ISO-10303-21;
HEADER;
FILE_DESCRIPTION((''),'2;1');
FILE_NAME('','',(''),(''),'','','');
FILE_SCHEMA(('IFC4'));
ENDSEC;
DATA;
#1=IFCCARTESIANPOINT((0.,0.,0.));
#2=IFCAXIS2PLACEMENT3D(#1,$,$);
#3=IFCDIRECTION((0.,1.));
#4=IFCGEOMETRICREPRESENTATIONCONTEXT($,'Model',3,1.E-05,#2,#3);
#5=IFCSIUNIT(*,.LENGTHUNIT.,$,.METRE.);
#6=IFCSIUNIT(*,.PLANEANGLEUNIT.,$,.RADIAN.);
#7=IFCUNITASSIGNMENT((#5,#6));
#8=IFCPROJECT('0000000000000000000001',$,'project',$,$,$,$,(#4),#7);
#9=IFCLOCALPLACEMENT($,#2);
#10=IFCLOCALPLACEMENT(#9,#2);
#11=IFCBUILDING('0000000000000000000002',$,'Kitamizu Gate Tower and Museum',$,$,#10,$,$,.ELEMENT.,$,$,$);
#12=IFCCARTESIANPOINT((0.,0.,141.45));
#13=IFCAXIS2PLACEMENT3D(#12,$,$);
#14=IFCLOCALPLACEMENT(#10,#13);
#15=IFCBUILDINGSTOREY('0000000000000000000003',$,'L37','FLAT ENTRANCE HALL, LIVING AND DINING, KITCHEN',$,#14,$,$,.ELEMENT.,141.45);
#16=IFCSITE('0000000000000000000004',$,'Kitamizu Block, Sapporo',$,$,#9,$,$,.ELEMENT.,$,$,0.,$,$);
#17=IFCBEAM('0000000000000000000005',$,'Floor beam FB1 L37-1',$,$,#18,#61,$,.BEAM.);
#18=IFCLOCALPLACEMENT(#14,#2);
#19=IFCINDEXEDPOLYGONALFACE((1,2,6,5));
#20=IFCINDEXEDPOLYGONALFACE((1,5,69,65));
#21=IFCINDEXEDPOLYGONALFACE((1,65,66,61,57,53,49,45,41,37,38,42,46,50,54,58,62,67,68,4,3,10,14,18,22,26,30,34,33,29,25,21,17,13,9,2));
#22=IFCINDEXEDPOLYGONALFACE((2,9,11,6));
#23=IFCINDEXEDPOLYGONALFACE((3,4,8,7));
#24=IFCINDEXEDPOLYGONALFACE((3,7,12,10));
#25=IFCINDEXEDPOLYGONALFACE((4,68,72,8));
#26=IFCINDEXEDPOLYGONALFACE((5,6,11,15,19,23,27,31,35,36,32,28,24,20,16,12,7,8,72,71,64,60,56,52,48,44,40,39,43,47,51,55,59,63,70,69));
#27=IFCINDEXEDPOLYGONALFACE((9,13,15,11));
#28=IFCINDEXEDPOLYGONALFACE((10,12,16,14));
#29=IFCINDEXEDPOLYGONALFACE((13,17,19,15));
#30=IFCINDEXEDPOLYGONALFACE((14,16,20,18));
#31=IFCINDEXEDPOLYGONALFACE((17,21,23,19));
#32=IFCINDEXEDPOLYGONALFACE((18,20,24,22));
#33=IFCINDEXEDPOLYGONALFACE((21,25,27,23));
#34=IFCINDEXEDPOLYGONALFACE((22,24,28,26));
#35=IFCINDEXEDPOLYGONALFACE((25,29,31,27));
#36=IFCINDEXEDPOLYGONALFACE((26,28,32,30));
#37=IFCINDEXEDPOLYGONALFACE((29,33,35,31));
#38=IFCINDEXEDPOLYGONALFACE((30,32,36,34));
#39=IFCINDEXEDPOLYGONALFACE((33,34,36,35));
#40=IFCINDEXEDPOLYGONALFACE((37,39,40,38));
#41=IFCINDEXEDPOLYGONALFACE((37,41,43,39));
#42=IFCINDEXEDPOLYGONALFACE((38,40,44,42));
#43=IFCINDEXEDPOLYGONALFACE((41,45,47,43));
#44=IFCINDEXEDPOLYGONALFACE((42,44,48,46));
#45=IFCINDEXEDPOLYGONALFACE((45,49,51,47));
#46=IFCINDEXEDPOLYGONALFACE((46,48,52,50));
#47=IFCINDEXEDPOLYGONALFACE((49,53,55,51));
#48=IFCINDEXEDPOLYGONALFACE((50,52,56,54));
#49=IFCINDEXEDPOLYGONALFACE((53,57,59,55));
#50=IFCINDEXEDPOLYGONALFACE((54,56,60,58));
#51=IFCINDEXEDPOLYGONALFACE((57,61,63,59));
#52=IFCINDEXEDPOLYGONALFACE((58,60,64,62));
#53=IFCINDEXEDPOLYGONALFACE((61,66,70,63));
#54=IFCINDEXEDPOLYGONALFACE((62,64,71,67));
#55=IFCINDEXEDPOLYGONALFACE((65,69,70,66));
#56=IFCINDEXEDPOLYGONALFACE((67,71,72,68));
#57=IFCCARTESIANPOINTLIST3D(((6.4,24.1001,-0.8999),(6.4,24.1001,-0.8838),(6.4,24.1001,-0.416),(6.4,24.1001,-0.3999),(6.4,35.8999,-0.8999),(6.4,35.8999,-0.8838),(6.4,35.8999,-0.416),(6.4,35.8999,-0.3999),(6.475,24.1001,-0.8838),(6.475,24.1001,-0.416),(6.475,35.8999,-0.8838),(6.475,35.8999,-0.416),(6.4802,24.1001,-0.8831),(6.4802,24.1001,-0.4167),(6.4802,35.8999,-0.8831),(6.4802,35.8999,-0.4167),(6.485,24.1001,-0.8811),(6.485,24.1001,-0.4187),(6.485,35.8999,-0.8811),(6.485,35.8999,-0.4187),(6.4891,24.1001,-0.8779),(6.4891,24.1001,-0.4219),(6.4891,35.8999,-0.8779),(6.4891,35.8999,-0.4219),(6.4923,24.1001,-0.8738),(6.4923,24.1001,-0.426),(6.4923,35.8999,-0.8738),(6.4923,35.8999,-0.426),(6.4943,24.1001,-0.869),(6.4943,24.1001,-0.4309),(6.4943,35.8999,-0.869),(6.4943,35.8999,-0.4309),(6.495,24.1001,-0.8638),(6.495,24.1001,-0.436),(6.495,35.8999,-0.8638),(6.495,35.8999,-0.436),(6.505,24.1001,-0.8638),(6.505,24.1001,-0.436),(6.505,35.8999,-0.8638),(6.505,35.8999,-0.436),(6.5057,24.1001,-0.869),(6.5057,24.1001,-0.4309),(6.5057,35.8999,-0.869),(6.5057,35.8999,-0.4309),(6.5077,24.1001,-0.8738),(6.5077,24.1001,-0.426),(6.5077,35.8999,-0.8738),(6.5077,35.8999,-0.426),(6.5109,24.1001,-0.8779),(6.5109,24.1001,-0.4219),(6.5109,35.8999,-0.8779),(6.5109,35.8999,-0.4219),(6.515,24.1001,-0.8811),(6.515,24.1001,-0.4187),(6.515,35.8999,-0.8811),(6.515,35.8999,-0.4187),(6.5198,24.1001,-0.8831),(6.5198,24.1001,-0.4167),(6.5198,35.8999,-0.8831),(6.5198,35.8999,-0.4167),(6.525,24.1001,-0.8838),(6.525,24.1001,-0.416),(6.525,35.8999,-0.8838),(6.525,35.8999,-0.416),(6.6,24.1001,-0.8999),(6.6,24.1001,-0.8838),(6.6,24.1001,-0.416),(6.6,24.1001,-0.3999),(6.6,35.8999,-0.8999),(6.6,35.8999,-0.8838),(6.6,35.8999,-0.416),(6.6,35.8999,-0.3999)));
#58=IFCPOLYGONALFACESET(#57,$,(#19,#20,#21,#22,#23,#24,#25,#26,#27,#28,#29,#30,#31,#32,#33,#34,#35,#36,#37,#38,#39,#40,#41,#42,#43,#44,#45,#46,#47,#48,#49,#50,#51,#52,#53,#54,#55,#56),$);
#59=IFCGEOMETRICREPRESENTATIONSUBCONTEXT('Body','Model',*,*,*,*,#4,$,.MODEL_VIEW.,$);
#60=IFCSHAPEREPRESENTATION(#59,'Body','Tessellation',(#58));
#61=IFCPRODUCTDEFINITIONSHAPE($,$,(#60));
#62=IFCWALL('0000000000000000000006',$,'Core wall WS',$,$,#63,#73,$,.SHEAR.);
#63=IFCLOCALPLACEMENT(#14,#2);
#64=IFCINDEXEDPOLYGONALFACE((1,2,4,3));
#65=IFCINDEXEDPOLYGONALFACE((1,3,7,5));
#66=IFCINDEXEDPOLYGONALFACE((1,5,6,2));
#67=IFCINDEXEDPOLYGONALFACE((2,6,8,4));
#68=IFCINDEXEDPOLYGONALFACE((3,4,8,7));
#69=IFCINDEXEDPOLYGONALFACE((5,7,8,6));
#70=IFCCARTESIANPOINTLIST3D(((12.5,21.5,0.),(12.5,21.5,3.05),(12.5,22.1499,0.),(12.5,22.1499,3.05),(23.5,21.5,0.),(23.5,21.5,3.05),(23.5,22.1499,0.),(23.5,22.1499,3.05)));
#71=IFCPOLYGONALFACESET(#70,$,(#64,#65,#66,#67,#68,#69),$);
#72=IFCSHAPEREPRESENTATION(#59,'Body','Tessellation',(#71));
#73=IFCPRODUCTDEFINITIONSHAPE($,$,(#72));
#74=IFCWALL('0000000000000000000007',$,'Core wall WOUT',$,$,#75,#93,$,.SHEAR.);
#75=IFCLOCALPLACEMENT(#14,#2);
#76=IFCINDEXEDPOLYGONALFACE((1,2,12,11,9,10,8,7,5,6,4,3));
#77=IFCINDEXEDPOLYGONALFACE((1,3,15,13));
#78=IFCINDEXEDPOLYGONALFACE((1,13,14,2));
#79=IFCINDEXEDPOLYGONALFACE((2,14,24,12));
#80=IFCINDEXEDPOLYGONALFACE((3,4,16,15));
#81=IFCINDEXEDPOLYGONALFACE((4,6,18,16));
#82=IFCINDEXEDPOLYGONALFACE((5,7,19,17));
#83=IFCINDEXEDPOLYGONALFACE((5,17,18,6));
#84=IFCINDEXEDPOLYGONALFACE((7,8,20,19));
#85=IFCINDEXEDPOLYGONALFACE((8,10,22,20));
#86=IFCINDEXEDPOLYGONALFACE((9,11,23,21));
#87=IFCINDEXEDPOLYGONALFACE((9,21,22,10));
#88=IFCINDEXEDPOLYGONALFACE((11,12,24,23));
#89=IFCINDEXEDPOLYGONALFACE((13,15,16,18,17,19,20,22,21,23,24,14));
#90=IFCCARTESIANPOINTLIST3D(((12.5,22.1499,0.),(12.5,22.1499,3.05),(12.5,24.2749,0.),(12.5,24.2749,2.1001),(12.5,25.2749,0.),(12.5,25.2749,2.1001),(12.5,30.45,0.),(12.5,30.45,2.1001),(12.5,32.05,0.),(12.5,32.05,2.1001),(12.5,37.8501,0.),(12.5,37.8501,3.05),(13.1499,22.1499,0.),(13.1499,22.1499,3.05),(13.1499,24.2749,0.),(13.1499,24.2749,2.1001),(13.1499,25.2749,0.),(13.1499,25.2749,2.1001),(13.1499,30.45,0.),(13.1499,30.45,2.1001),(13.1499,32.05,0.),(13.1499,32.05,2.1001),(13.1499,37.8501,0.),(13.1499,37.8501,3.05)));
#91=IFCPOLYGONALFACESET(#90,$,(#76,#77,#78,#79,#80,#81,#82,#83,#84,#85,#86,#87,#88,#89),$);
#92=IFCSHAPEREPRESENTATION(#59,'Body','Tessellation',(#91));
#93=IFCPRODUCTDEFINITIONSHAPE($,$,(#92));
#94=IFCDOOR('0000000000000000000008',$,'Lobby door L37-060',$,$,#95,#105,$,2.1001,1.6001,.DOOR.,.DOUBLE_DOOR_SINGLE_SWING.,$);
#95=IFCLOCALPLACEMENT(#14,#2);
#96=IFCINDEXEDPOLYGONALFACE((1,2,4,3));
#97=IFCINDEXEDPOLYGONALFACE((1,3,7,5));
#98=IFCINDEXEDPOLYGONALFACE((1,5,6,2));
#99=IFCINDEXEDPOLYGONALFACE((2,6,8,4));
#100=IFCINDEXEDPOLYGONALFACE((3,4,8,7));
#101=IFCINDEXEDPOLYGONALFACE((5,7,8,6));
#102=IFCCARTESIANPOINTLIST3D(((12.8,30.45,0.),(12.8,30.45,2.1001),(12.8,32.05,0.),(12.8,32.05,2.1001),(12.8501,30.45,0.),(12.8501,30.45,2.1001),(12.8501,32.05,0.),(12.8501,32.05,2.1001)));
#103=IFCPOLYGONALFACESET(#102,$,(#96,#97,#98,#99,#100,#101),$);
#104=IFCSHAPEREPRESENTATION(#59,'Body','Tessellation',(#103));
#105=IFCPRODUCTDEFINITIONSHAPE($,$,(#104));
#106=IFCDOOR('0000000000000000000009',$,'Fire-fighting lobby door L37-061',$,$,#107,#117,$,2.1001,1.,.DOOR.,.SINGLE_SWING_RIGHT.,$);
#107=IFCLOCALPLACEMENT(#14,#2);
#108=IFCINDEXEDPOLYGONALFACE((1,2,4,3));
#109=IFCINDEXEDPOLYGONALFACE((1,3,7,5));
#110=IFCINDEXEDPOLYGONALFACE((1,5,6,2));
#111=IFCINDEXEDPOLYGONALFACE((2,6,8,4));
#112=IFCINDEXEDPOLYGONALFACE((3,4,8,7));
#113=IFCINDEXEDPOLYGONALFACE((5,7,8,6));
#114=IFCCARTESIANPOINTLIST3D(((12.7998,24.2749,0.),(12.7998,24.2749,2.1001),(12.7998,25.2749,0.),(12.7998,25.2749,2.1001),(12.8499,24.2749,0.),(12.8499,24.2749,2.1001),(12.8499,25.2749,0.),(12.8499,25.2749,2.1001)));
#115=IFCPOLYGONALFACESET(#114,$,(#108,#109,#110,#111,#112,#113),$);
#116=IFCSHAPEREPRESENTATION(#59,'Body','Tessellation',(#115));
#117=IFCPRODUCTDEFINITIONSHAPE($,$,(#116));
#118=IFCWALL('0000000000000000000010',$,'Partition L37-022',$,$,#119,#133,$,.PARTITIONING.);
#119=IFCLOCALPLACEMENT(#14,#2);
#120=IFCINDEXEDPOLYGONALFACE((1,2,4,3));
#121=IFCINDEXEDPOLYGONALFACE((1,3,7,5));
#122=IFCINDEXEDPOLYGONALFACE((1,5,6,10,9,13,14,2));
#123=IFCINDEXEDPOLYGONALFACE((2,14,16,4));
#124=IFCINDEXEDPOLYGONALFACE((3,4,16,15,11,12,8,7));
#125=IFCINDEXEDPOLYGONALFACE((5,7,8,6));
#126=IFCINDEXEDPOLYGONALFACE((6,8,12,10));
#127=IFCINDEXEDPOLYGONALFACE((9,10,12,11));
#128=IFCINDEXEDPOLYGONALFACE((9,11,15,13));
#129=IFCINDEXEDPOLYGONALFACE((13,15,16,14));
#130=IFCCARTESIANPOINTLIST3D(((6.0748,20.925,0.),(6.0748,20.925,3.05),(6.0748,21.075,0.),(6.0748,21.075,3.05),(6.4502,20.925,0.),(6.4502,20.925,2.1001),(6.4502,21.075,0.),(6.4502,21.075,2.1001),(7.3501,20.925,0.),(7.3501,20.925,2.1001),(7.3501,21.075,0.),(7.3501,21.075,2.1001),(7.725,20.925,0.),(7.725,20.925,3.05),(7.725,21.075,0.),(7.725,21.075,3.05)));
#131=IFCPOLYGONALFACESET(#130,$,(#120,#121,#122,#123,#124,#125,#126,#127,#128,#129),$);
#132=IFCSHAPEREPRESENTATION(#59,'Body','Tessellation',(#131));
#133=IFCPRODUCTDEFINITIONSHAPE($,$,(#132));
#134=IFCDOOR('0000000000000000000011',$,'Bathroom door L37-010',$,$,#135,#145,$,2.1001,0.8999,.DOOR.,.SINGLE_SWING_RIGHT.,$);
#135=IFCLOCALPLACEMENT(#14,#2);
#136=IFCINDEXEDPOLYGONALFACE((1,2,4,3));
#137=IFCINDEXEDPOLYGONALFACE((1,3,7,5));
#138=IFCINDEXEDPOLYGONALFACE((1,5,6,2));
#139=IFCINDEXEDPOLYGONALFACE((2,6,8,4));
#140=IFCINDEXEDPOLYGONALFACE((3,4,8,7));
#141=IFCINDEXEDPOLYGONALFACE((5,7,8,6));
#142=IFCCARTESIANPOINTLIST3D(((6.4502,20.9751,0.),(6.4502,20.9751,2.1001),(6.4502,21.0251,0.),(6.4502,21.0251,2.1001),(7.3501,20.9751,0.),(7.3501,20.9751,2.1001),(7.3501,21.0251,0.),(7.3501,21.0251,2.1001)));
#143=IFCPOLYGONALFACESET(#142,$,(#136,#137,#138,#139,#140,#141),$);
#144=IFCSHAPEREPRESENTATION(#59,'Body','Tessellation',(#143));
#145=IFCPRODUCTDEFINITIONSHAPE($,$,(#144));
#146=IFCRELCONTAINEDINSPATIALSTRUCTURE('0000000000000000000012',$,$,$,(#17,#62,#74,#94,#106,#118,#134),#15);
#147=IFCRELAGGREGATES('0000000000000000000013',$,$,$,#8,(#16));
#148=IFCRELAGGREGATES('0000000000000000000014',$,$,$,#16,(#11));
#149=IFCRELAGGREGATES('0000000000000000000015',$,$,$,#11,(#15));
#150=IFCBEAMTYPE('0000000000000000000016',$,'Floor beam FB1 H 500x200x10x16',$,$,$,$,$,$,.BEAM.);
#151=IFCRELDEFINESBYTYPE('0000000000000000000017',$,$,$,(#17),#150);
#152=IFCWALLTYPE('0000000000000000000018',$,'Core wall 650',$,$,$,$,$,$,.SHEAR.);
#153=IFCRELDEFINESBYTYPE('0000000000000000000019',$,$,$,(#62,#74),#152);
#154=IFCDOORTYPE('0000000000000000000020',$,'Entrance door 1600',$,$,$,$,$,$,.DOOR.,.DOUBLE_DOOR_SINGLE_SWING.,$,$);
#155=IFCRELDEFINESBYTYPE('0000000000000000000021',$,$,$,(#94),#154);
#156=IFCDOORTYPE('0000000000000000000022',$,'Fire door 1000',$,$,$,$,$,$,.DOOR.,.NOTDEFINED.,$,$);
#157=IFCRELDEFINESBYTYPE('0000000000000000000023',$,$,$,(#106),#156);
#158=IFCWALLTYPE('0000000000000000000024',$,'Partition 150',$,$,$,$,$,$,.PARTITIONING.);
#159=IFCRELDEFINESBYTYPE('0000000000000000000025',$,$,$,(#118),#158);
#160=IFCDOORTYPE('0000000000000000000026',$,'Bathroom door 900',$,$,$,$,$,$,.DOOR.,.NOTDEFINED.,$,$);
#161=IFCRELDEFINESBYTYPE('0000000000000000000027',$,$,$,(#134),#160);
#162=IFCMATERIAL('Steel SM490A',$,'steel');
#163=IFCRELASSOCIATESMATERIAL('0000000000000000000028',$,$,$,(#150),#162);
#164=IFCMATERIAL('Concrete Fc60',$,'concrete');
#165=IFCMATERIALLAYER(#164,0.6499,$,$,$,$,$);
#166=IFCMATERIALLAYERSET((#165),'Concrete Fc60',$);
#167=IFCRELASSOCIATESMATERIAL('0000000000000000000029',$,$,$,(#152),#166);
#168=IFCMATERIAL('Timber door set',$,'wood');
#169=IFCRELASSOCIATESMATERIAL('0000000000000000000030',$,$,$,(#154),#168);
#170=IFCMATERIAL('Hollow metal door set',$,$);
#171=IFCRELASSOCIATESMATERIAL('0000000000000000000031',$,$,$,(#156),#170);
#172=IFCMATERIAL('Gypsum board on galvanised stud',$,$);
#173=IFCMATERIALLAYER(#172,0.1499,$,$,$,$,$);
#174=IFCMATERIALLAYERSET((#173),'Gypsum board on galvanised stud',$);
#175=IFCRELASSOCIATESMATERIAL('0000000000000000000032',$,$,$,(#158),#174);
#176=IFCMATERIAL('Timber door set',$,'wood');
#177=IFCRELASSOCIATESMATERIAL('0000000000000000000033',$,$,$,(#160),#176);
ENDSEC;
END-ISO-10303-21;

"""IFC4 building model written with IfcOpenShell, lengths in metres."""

from ifc_helpers import new_model, si_unit, direction, frame, frame_2d, origin, origin_2d, place, context, subcontext, project, spatial, rectangle, i_section, extrude, material, layer, layer_set, material_profile, profile_set, type_object, element, fill, save


model = new_model("IFC4")

# Units and contexts
model_context = context("Model", 3, precision=1e-05, world=origin(), true_north=direction((0.0, 1.0)))
body_context = subcontext(model_context, "Body", "Model", "MODEL_VIEW")
ifc_project = project(units=[si_unit("LENGTHUNIT", "METRE"), si_unit("PLANEANGLEUNIT", "RADIAN")], contexts=[model_context])

# Site, building, storey
site_placement = place(None, origin())
site = spatial("IfcSite", under=ifc_project, at=site_placement, Name="Kitamizu Block, Sapporo", CompositionType="ELEMENT", RefElevation=0.0)
building_placement = place(site_placement, origin())
building = spatial("IfcBuilding", under=site, at=building_placement, Name="Kitamizu Gate Tower and Museum", CompositionType="ELEMENT")
storey_placement = place(building_placement, frame((0.0, 0.0, 141.45)))
storey = spatial("IfcBuildingStorey", under=building, at=storey_placement, Name="L37", Description="FLAT ENTRANCE HALL, LIVING AND DINING, KITCHEN", CompositionType="ELEMENT", Elevation=141.45)

# Beam
ifc_material_1 = material(Name="Steel SM490A", Category="steel")
ifc_material_profile = material_profile(ifc_material_1, i_section(OverallWidth=0.2, OverallDepth=0.5, WebThickness=0.01, FlangeThickness=0.0161, FilletRadius=0.02, at=origin_2d()), Name="H-500x200x10x16")
ifc_profile_set = profile_set([ifc_material_profile], Name="Steel SM490A")
beam_type = type_object("IfcBeamType", Name="Floor beam FB1 H 500x200x10x16", PredefinedType="BEAM", material=ifc_profile_set)
beam_placement = place(storey_placement, frame((6.5, 24.1001, -0.6499), z_axis=(0.0, 1.0, 0.0), x_axis=(-1.0, 0.0, 0.0)))
element("IfcBeam", 1, at=beam_placement, inside=storey, type_object=beam_type, Name="Floor beam FB1 L37-1", PredefinedType="BEAM", context=body_context, shape_type="SweptSolid", body=[
    extrude(i_section(OverallWidth=0.2, OverallDepth=0.5, WebThickness=0.01, FlangeThickness=0.0161, FilletRadius=0.02, at=origin_2d()), origin(), (0.0, 0.0, 1.0), 11.7998),
])

# Wall
ifc_material_2 = material(Name="Concrete Fc60", Category="concrete")
ifc_layer_1 = layer(ifc_material_2, 0.6499)
ifc_layer_set_1 = layer_set([ifc_layer_1], Name="Concrete Fc60")
wall_type_1 = type_object("IfcWallType", Name="Core wall 650", PredefinedType="SHEAR", material=ifc_layer_set_1)
wall_1_placement = place(storey_placement, frame((12.5, 21.825, 0.0), z_axis=(0.0, 0.0, 1.0), x_axis=(1.0, 0.0, 0.0)))
element("IfcWall", 2, at=wall_1_placement, inside=storey, type_object=wall_type_1, Name="Core wall WS", PredefinedType="SHEAR", context=body_context, shape_type="SweptSolid", body=[
    extrude(rectangle(XDim=11.0, YDim=0.6499, at=frame_2d((5.5, 0.0))), origin(), (0.0, 0.0, 1.0), 3.05),
])

# Wall, openings, doors
wall_2_placement = place(storey_placement, frame((12.825, 22.1499, 0.0), z_axis=(0.0, 0.0, 1.0), x_axis=(0.0, 1.0, 0.0)))
wall_2 = element("IfcWall", 3, at=wall_2_placement, inside=storey, type_object=wall_type_1, Name="Core wall WOUT", PredefinedType="SHEAR", context=body_context, shape_type="SweptSolid", body=[
    extrude(rectangle(XDim=15.7002, YDim=0.6499, at=frame_2d((7.8501, 0.0))), origin(), (0.0, 0.0, 1.0), 3.05),
])
opening_1_placement = place(wall_2_placement, frame((8.3, 0.0, 0.0)))
opening_1 = element("IfcOpeningElement", 4, at=opening_1_placement, cuts=wall_2, PredefinedType="OPENING", context=body_context, shape_type="SweptSolid", body=[
    extrude(rectangle(XDim=1.6001, YDim=2.1001, at=frame_2d((0.8, 1.05))), frame((0.0, 0.335, 0.0), z_axis=(0.0, -1.0, 0.0), x_axis=(1.0, 0.0, 0.0)), (0.0, 0.0, 1.0), 0.6699),
])
opening_2_placement = place(wall_2_placement, frame((2.125, 0.0, 0.0)))
opening_2 = element("IfcOpeningElement", 5, at=opening_2_placement, cuts=wall_2, PredefinedType="OPENING", context=body_context, shape_type="SweptSolid", body=[
    extrude(rectangle(XDim=1.0, YDim=2.1001, at=frame_2d((0.5, 1.05))), frame((0.0, 0.335, 0.0), z_axis=(0.0, -1.0, 0.0), x_axis=(1.0, 0.0, 0.0)), (0.0, 0.0, 1.0), 0.6699),
])
ifc_material_3 = material(Name="Timber door set", Category="wood")
door_type_1 = type_object("IfcDoorType", Name="Entrance door 1600", OperationType="DOUBLE_DOOR_SINGLE_SWING", PredefinedType="DOOR", material=ifc_material_3)
door_1_placement = place(opening_1_placement, origin())
door_1 = element("IfcDoor", 6, at=door_1_placement, inside=storey, type_object=door_type_1, Name="Lobby door L37-060", OperationType="DOUBLE_DOOR_SINGLE_SWING", OverallHeight=2.1001, OverallWidth=1.6001, PredefinedType="DOOR", context=body_context, shape_type="SweptSolid", body=[
    extrude(rectangle(XDim=1.6001, YDim=2.1001, at=frame_2d((0.8, 1.05))), frame((0.0, 0.0249, 0.0), z_axis=(0.0, -1.0, 0.0), x_axis=(1.0, 0.0, 0.0)), (0.0, 0.0, 1.0), 0.05),
])
fill(opening_1, door_1)
ifc_material_4 = material(Name="Hollow metal door set")
door_type_2 = type_object("IfcDoorType", Name="Fire door 1000", OperationType="NOTDEFINED", PredefinedType="DOOR", material=ifc_material_4)
door_2_placement = place(opening_2_placement, frame((1.0, 0.0, 0.0), x_axis=(-1.0, 0.0, 0.0)))
door_2 = element("IfcDoor", 7, at=door_2_placement, inside=storey, type_object=door_type_2, Name="Fire-fighting lobby door L37-061", OperationType="SINGLE_SWING_RIGHT", OverallHeight=2.1001, OverallWidth=1.0, PredefinedType="DOOR", context=body_context, shape_type="SweptSolid", body=[
    extrude(rectangle(XDim=1.0, YDim=2.1001, at=frame_2d((0.5, 1.05))), frame((0.0, 0.0249, 0.0), z_axis=(0.0, -1.0, 0.0), x_axis=(1.0, 0.0, 0.0)), (0.0, 0.0, 1.0), 0.05),
])
fill(opening_2, door_2)

# Wall, opening, door
ifc_material_5 = material(Name="Gypsum board on galvanised stud")
ifc_layer_2 = layer(ifc_material_5, 0.1499)
ifc_layer_set_2 = layer_set([ifc_layer_2], Name="Gypsum board on galvanised stud")
wall_type_2 = type_object("IfcWallType", Name="Partition 150", PredefinedType="PARTITIONING", material=ifc_layer_set_2)
wall_3_placement = place(storey_placement, frame((7.7251, 21.0, 0.0), z_axis=(0.0, 0.0, 1.0), x_axis=(-1.0, 0.0, 0.0)))
wall_3 = element("IfcWall", 8, at=wall_3_placement, inside=storey, type_object=wall_type_2, Name="Partition L37-022", PredefinedType="PARTITIONING", context=body_context, shape_type="SweptSolid", body=[
    extrude(rectangle(XDim=1.6501, YDim=0.1499, at=frame_2d((0.8252, 0.0))), origin(), (0.0, 0.0, 1.0), 3.05),
])
opening_3_placement = place(wall_3_placement, frame((0.375, 0.0, 0.0)))
opening_3 = element("IfcOpeningElement", 9, at=opening_3_placement, cuts=wall_3, PredefinedType="OPENING", context=body_context, shape_type="SweptSolid", body=[
    extrude(rectangle(XDim=0.8999, YDim=2.1001, at=frame_2d((0.45, 1.05))), frame((0.0, 0.085, 0.0), z_axis=(0.0, -1.0, 0.0), x_axis=(1.0, 0.0, 0.0)), (0.0, 0.0, 1.0), 0.1699),
])
ifc_material_6 = material(Name="Timber door set", Category="wood")
door_type_3 = type_object("IfcDoorType", Name="Bathroom door 900", OperationType="NOTDEFINED", PredefinedType="DOOR", material=ifc_material_6)
door_3_placement = place(opening_3_placement, origin())
door_3 = element("IfcDoor", 10, at=door_3_placement, inside=storey, type_object=door_type_3, Name="Bathroom door L37-010", OperationType="SINGLE_SWING_RIGHT", OverallHeight=2.1001, OverallWidth=0.8999, PredefinedType="DOOR", context=body_context, shape_type="SweptSolid", body=[
    extrude(rectangle(XDim=0.8999, YDim=2.1001, at=frame_2d((0.45, 1.05))), frame((0.0, 0.0249, 0.0), z_axis=(0.0, -1.0, 0.0), x_axis=(1.0, 0.0, 0.0)), (0.0, 0.0, 1.0), 0.05),
])
fill(opening_3, door_3)

save(model, "model.ifc")
